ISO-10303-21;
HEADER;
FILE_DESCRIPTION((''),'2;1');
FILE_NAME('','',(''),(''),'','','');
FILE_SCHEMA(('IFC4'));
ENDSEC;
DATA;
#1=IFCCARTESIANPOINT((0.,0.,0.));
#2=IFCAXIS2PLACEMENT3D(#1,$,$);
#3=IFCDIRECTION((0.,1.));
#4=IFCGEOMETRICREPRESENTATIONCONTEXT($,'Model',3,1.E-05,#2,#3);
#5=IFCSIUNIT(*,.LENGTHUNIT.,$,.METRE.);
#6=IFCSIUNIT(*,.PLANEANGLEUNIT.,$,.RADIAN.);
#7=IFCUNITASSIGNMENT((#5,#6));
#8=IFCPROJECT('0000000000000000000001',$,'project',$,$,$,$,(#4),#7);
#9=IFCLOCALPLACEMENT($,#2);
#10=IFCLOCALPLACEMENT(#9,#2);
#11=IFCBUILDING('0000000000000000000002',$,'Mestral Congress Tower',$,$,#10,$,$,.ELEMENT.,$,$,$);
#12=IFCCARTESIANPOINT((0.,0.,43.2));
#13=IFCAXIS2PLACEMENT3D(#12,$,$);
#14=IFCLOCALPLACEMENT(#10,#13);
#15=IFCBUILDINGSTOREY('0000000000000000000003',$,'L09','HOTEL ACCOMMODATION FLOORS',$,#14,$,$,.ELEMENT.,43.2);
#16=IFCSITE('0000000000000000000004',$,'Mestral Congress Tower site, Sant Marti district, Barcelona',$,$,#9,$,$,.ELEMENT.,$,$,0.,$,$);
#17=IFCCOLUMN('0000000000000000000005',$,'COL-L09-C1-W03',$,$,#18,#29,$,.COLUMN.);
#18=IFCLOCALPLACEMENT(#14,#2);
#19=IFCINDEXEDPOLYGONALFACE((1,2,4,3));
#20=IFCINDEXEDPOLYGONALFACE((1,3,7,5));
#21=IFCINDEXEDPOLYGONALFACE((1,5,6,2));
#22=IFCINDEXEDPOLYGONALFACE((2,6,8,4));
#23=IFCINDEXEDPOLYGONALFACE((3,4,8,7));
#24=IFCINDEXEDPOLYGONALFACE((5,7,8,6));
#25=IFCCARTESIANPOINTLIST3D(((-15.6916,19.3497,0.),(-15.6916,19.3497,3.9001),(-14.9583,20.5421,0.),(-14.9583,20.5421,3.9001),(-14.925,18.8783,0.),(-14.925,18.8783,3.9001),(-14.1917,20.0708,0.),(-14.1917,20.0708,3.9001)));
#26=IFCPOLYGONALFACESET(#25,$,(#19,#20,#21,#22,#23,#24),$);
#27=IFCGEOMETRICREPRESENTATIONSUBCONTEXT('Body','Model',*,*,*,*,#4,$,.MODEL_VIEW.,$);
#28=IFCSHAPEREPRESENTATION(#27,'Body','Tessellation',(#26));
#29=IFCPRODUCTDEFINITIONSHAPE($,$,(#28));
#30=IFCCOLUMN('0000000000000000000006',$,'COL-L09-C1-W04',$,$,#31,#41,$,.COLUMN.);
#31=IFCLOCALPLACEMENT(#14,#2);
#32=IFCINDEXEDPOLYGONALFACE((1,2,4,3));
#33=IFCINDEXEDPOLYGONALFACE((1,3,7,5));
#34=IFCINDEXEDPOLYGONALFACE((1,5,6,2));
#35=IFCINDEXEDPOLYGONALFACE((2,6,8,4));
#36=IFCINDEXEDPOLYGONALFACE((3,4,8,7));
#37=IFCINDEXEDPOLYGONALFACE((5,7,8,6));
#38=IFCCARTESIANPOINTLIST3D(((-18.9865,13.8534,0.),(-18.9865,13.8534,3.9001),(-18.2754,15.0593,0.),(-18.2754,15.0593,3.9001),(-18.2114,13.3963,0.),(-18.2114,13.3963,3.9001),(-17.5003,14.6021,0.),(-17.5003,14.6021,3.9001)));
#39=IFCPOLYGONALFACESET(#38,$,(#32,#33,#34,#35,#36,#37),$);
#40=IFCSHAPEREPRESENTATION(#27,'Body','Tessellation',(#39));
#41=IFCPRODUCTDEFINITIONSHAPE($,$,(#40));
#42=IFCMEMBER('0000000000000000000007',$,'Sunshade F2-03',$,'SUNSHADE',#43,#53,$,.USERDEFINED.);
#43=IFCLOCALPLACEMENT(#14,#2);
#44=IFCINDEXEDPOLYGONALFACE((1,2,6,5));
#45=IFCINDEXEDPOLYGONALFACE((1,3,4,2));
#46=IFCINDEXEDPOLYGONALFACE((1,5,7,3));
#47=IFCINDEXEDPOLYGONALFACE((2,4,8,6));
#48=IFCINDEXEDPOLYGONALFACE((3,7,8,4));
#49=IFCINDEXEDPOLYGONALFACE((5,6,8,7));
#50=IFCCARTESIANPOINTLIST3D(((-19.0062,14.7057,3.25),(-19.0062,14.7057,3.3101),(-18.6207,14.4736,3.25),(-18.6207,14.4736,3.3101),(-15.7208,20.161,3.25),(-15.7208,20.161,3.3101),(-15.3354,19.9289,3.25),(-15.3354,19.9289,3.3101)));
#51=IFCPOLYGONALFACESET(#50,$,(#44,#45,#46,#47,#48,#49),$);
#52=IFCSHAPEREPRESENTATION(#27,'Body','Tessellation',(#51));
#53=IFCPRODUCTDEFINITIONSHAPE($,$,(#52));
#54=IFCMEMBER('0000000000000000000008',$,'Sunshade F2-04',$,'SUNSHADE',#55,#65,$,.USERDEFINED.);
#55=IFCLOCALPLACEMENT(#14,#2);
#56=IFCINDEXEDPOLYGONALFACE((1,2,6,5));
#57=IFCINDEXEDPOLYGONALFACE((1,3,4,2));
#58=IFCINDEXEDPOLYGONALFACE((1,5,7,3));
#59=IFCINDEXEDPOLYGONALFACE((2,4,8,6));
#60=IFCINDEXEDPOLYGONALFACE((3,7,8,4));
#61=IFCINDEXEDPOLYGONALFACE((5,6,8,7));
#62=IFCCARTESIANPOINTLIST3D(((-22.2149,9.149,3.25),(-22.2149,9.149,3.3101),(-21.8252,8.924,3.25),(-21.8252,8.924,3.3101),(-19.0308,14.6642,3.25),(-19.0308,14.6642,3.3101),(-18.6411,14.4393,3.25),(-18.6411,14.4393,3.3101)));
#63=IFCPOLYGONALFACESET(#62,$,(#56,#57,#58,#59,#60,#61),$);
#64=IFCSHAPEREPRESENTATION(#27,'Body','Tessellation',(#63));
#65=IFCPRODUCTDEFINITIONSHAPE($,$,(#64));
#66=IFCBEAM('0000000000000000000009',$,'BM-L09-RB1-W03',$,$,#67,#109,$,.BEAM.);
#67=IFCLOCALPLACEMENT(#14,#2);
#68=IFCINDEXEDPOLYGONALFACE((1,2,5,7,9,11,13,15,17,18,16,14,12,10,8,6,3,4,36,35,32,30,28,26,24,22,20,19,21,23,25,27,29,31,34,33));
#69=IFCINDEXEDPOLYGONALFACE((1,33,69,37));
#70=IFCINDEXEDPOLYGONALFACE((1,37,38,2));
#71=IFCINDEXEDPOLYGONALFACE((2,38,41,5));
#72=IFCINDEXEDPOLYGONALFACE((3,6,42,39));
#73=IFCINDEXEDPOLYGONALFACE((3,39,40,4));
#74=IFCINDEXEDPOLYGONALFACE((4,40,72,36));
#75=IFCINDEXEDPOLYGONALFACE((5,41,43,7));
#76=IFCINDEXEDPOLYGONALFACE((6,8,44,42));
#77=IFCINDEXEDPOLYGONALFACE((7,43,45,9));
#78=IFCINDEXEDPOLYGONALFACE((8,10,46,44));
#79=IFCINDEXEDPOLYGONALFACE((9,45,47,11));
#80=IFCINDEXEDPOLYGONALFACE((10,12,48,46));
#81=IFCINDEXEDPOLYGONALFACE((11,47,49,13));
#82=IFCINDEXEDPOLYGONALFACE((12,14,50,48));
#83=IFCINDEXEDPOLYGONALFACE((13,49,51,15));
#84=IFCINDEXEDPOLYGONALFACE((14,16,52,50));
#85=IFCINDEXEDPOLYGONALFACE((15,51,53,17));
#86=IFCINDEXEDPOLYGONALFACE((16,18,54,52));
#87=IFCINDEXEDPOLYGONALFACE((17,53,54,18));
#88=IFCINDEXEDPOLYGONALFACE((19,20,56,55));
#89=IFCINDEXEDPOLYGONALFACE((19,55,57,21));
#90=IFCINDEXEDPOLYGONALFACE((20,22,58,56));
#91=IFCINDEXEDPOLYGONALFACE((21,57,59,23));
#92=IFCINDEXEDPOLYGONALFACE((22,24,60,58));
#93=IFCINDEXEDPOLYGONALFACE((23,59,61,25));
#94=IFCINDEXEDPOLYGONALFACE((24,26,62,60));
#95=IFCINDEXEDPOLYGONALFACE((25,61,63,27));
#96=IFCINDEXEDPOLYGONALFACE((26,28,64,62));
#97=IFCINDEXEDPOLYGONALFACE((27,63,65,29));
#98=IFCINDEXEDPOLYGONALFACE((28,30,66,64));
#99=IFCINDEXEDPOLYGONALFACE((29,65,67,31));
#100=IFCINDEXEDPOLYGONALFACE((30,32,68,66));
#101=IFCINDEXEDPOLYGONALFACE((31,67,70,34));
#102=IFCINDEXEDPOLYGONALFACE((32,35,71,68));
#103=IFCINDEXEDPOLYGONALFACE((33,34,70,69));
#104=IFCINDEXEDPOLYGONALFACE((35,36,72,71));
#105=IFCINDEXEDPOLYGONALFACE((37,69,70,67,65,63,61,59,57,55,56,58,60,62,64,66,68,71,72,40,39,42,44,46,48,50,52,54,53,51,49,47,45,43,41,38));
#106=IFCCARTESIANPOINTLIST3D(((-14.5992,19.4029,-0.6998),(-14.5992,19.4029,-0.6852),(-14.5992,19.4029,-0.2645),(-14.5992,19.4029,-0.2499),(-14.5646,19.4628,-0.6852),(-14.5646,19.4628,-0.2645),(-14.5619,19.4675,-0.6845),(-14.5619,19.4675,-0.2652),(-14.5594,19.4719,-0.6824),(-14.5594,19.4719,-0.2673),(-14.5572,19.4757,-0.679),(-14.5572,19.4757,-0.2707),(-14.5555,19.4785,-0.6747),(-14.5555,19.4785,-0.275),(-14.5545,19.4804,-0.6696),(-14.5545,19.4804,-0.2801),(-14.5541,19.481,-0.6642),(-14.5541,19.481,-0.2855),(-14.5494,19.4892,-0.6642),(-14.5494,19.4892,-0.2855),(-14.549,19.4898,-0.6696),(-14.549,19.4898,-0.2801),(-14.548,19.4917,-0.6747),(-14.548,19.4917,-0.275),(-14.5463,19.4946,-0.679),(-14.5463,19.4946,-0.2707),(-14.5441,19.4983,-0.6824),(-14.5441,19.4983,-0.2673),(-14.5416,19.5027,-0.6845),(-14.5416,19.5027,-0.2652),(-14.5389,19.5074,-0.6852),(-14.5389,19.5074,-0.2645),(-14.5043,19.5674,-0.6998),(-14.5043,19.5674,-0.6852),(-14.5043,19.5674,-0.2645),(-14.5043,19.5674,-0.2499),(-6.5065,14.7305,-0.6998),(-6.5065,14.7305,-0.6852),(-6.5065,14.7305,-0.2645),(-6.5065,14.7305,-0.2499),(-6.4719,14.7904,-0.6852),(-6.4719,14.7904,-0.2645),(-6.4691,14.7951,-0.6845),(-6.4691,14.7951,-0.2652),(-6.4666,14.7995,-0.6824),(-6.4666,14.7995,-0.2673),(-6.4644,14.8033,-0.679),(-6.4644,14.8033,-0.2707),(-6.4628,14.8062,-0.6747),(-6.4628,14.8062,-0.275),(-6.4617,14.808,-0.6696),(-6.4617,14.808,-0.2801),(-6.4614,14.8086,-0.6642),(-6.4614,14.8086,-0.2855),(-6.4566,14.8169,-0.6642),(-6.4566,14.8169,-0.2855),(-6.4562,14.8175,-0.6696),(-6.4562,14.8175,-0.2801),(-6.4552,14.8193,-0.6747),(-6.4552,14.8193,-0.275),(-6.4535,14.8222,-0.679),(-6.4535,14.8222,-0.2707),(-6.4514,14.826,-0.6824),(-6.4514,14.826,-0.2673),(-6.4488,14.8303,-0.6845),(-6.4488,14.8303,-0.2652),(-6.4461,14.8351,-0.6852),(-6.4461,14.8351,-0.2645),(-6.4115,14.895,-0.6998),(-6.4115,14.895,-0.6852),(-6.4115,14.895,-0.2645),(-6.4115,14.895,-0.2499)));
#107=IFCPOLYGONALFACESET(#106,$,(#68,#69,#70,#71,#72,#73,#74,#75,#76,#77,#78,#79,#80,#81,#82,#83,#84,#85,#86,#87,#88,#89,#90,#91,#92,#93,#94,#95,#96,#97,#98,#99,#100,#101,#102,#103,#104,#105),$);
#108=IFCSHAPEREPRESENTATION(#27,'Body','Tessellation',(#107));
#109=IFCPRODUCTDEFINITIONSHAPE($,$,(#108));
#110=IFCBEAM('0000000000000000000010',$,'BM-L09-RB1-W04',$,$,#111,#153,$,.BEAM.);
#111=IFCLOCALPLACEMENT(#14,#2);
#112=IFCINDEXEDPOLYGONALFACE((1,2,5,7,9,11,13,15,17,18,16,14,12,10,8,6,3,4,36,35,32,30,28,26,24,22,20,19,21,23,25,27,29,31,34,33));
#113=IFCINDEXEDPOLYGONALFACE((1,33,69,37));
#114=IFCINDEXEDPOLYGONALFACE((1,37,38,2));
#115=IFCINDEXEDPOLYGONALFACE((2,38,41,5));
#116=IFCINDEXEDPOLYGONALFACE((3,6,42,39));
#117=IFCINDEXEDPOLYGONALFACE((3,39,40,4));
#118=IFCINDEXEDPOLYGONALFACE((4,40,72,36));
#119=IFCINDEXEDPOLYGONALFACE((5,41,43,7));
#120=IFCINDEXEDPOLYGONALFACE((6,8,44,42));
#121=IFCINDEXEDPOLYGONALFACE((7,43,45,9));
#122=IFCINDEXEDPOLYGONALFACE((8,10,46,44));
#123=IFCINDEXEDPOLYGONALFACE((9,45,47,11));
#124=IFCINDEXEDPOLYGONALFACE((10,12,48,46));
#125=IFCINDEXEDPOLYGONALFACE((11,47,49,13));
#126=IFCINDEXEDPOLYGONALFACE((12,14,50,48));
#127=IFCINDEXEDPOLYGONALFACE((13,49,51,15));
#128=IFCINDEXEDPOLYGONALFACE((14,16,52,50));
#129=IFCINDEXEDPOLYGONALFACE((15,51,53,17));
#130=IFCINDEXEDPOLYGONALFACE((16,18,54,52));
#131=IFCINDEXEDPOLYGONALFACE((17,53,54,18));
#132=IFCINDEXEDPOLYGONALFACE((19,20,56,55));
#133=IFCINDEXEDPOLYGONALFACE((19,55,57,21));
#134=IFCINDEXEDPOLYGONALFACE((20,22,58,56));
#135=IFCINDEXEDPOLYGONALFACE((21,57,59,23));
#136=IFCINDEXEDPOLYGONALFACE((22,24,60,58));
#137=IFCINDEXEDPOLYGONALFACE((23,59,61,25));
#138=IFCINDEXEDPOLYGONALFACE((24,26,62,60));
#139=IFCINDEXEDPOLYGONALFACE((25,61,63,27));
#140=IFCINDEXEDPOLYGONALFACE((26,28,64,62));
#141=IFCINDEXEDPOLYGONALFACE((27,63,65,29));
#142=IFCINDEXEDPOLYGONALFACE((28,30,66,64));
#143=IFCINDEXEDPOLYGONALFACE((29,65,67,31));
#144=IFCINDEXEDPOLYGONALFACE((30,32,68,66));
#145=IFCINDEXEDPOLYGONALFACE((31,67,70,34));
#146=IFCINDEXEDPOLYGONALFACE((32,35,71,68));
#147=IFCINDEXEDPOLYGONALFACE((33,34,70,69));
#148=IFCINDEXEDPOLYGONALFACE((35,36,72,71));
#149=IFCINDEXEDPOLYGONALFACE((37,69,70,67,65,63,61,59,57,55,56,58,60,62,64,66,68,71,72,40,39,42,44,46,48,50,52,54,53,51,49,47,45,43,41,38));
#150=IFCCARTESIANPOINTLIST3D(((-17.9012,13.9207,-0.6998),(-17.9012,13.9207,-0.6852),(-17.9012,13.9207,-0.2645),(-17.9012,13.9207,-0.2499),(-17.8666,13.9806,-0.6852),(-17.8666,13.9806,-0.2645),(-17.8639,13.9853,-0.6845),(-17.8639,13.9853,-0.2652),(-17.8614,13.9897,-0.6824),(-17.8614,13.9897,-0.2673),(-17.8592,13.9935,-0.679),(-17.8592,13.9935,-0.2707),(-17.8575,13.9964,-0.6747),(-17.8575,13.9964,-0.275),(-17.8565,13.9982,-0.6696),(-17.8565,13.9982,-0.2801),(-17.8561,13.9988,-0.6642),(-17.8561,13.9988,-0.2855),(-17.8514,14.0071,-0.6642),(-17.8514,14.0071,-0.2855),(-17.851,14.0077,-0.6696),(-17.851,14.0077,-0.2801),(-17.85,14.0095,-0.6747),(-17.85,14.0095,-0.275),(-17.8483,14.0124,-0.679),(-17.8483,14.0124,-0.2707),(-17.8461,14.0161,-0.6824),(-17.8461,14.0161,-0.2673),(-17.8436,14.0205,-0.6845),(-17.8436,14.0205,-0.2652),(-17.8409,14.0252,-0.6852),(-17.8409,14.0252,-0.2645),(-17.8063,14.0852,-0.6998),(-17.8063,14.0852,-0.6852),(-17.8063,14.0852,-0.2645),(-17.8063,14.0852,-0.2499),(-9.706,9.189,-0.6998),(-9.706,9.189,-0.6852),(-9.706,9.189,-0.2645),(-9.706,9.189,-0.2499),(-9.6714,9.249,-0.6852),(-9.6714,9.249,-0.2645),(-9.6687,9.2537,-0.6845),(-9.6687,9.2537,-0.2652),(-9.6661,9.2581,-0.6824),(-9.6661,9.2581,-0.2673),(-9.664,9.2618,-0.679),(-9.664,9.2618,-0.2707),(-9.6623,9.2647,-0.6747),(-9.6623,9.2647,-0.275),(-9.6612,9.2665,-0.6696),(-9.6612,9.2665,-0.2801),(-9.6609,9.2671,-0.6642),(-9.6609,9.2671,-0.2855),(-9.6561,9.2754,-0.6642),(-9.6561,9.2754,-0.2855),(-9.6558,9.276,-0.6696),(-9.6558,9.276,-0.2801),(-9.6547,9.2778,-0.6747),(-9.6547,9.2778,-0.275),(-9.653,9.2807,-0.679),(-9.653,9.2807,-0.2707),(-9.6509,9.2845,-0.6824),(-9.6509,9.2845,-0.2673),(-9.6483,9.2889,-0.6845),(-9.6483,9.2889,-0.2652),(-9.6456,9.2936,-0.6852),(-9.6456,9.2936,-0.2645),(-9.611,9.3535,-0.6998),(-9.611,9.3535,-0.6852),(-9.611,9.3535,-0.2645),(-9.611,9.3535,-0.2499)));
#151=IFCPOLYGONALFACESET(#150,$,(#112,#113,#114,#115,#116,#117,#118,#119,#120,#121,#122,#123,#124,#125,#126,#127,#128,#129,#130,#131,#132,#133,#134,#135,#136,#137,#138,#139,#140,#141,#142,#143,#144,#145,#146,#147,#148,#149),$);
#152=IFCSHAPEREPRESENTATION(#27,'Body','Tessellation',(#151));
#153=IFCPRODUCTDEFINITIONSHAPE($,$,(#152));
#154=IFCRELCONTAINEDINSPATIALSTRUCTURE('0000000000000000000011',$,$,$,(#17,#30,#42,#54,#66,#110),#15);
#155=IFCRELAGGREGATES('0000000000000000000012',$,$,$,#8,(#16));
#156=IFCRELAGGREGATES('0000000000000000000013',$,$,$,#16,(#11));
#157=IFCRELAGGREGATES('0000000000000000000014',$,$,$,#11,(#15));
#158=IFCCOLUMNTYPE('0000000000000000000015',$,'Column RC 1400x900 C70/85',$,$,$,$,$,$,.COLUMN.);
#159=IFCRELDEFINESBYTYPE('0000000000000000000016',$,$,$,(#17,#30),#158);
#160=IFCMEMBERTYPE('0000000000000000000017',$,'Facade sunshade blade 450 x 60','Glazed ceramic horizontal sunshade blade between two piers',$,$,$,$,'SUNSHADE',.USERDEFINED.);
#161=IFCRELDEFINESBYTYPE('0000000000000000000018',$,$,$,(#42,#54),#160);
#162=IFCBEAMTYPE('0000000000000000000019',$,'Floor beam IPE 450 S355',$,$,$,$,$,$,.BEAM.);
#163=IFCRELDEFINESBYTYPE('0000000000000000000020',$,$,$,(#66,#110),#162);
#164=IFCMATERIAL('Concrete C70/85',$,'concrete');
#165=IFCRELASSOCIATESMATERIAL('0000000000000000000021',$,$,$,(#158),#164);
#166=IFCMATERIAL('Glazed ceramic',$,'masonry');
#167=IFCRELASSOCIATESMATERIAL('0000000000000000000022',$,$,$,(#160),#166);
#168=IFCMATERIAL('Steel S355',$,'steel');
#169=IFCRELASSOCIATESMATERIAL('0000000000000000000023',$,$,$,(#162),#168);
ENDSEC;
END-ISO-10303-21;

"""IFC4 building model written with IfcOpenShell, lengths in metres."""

from ifc_helpers import new_model, si_unit, direction, frame, origin, origin_2d, place, context, subcontext, project, spatial, rectangle, i_section, extrude, material, material_profile, profile_set, type_object, element, save


model = new_model("IFC4")

# Units and contexts
model_context = context("Model", 3, precision=1e-05, world=origin(), true_north=direction((0.0, 1.0)))
body_context = subcontext(model_context, "Body", "Model", "MODEL_VIEW")
ifc_project = project(units=[si_unit("LENGTHUNIT", "METRE"), si_unit("PLANEANGLEUNIT", "RADIAN")], contexts=[model_context])

# Site, building, storey
site_placement = place(None, origin())
site = spatial("IfcSite", under=ifc_project, at=site_placement, Name="Mestral Congress Tower site, Sant Marti district, Barcelona", CompositionType="ELEMENT", RefElevation=0.0)
building_placement = place(site_placement, origin())
building = spatial("IfcBuilding", under=site, at=building_placement, Name="Mestral Congress Tower", CompositionType="ELEMENT")
storey_placement = place(building_placement, frame((0.0, 0.0, 43.2)))
storey = spatial("IfcBuildingStorey", under=building, at=storey_placement, Name="L09", Description="HOTEL ACCOMMODATION FLOORS", CompositionType="ELEMENT", Elevation=43.2)

# Columns
ifc_material_1 = material(Name="Concrete C70/85", Category="concrete")
ifc_material_profile_1 = material_profile(ifc_material_1, rectangle(XDim=1.3999, YDim=0.8999, at=origin_2d()), Name="RC 1400x900")
ifc_profile_set_1 = profile_set([ifc_material_profile_1], Name="Concrete C70/85")
column_type = type_object("IfcColumnType", Name="Column RC 1400x900 C70/85", PredefinedType="COLUMN", material=ifc_profile_set_1)
for number, where, z_axis, x_axis, name in (
    (1, (-14.9417, 19.7102, 0.0), (0.0, 0.0, 1.0), (-0.523819, -0.851829, 0.0), "COL-L09-C1-W03"),
    (2, (-18.2434, 14.2278, 0.0), (0.0, 0.0, 1.0), (-0.507983, -0.861367, 0.0), "COL-L09-C1-W04"),
):
    element("IfcColumn", number, at=place(storey_placement, frame(where, z_axis=z_axis, x_axis=x_axis)), inside=storey, type_object=column_type, Name=name, PredefinedType="COLUMN", context=body_context, shape_type="SweptSolid", body=[
        extrude(rectangle(XDim=1.3999, YDim=0.8999, at=origin_2d()), origin(), (0.0, 0.0, 1.0), 3.9001),
    ])

# Members
ifc_material_2 = material(Name="Glazed ceramic", Category="masonry")
ifc_material_profile_2 = material_profile(ifc_material_2, rectangle(XDim=0.45, YDim=0.0601, at=origin_2d()), Name="Ceramic blade 450 x 60")
ifc_profile_set_2 = profile_set([ifc_material_profile_2], Name="Glazed ceramic")
member_type = type_object("IfcMemberType", Name="Facade sunshade blade 450 x 60", Description="Glazed ceramic horizontal sunshade blade between two piers", ElementType="SUNSHADE", PredefinedType="USERDEFINED", material=ifc_profile_set_2)
member_1_placement = place(storey_placement, frame((-15.5281, 20.0449, 3.28), z_axis=(-0.515905, -0.856646, 0.0), x_axis=(0.856646, -0.515905, 0.0)))
element("IfcMember", 3, at=member_1_placement, inside=storey, type_object=member_type, Name="Sunshade F2-03", ObjectType="SUNSHADE", PredefinedType="USERDEFINED", context=body_context, shape_type="SweptSolid", body=[
    extrude(rectangle(XDim=0.45, YDim=0.0601, at=origin_2d()), origin(), (0.0, 0.0, 1.0), 6.3682),
])
member_2_placement = place(storey_placement, frame((-18.8359, 14.5518, 3.28), z_axis=(-0.49999, -0.866031, 0.0), x_axis=(0.866031, -0.49999, 0.0)))
element("IfcMember", 4, at=member_2_placement, inside=storey, type_object=member_type, Name="Sunshade F2-04", ObjectType="SUNSHADE", PredefinedType="USERDEFINED", context=body_context, shape_type="SweptSolid", body=[
    extrude(rectangle(XDim=0.45, YDim=0.0601, at=origin_2d()), origin(), (0.0, 0.0, 1.0), 6.3684),
])

# Beams
ifc_material_3 = material(Name="Steel S355", Category="steel")
ifc_material_profile_3 = material_profile(ifc_material_3, i_section(OverallWidth=0.1899, OverallDepth=0.45, WebThickness=0.0095, FlangeThickness=0.0146, FilletRadius=0.021, at=origin_2d()), Name="IPE 450")
ifc_profile_set_3 = profile_set([ifc_material_profile_3], Name="Steel S355")
beam_type_1 = type_object("IfcBeamType", Name="Floor beam IPE 450 S355", PredefinedType="BEAM", material=ifc_profile_set_3)
beam_1_placement = place(storey_placement, frame((-14.5518, 19.4851, -0.4749), z_axis=(0.866025, -0.5, 0.0), x_axis=(0.5, 0.866025, 0.0)))
element("IfcBeam", 5, at=beam_1_placement, inside=storey, type_object=beam_type_1, Name="BM-L09-RB1-W03", PredefinedType="BEAM", context=body_context, shape_type="SweptSolid", body=[
    extrude(i_section(OverallWidth=0.1899, OverallDepth=0.45, WebThickness=0.0095, FlangeThickness=0.0146, FilletRadius=0.021, at=origin_2d()), origin(), (0.0, 0.0, 1.0), 9.3447),
])
beam_2_placement = place(storey_placement, frame((-17.8538, 14.0029, -0.4749), z_axis=(0.86602, -0.50001, 0.0), x_axis=(0.50001, 0.86602, 0.0)))
element("IfcBeam", 6, at=beam_2_placement, inside=storey, type_object=beam_type_1, Name="BM-L09-RB1-W04", PredefinedType="BEAM", context=body_context, shape_type="SweptSolid", body=[
    extrude(i_section(OverallWidth=0.1899, OverallDepth=0.45, WebThickness=0.0095, FlangeThickness=0.0146, FilletRadius=0.021, at=origin_2d()), origin(), (0.0, 0.0, 1.0), 9.4631),
])

save(model, "model.ifc")
